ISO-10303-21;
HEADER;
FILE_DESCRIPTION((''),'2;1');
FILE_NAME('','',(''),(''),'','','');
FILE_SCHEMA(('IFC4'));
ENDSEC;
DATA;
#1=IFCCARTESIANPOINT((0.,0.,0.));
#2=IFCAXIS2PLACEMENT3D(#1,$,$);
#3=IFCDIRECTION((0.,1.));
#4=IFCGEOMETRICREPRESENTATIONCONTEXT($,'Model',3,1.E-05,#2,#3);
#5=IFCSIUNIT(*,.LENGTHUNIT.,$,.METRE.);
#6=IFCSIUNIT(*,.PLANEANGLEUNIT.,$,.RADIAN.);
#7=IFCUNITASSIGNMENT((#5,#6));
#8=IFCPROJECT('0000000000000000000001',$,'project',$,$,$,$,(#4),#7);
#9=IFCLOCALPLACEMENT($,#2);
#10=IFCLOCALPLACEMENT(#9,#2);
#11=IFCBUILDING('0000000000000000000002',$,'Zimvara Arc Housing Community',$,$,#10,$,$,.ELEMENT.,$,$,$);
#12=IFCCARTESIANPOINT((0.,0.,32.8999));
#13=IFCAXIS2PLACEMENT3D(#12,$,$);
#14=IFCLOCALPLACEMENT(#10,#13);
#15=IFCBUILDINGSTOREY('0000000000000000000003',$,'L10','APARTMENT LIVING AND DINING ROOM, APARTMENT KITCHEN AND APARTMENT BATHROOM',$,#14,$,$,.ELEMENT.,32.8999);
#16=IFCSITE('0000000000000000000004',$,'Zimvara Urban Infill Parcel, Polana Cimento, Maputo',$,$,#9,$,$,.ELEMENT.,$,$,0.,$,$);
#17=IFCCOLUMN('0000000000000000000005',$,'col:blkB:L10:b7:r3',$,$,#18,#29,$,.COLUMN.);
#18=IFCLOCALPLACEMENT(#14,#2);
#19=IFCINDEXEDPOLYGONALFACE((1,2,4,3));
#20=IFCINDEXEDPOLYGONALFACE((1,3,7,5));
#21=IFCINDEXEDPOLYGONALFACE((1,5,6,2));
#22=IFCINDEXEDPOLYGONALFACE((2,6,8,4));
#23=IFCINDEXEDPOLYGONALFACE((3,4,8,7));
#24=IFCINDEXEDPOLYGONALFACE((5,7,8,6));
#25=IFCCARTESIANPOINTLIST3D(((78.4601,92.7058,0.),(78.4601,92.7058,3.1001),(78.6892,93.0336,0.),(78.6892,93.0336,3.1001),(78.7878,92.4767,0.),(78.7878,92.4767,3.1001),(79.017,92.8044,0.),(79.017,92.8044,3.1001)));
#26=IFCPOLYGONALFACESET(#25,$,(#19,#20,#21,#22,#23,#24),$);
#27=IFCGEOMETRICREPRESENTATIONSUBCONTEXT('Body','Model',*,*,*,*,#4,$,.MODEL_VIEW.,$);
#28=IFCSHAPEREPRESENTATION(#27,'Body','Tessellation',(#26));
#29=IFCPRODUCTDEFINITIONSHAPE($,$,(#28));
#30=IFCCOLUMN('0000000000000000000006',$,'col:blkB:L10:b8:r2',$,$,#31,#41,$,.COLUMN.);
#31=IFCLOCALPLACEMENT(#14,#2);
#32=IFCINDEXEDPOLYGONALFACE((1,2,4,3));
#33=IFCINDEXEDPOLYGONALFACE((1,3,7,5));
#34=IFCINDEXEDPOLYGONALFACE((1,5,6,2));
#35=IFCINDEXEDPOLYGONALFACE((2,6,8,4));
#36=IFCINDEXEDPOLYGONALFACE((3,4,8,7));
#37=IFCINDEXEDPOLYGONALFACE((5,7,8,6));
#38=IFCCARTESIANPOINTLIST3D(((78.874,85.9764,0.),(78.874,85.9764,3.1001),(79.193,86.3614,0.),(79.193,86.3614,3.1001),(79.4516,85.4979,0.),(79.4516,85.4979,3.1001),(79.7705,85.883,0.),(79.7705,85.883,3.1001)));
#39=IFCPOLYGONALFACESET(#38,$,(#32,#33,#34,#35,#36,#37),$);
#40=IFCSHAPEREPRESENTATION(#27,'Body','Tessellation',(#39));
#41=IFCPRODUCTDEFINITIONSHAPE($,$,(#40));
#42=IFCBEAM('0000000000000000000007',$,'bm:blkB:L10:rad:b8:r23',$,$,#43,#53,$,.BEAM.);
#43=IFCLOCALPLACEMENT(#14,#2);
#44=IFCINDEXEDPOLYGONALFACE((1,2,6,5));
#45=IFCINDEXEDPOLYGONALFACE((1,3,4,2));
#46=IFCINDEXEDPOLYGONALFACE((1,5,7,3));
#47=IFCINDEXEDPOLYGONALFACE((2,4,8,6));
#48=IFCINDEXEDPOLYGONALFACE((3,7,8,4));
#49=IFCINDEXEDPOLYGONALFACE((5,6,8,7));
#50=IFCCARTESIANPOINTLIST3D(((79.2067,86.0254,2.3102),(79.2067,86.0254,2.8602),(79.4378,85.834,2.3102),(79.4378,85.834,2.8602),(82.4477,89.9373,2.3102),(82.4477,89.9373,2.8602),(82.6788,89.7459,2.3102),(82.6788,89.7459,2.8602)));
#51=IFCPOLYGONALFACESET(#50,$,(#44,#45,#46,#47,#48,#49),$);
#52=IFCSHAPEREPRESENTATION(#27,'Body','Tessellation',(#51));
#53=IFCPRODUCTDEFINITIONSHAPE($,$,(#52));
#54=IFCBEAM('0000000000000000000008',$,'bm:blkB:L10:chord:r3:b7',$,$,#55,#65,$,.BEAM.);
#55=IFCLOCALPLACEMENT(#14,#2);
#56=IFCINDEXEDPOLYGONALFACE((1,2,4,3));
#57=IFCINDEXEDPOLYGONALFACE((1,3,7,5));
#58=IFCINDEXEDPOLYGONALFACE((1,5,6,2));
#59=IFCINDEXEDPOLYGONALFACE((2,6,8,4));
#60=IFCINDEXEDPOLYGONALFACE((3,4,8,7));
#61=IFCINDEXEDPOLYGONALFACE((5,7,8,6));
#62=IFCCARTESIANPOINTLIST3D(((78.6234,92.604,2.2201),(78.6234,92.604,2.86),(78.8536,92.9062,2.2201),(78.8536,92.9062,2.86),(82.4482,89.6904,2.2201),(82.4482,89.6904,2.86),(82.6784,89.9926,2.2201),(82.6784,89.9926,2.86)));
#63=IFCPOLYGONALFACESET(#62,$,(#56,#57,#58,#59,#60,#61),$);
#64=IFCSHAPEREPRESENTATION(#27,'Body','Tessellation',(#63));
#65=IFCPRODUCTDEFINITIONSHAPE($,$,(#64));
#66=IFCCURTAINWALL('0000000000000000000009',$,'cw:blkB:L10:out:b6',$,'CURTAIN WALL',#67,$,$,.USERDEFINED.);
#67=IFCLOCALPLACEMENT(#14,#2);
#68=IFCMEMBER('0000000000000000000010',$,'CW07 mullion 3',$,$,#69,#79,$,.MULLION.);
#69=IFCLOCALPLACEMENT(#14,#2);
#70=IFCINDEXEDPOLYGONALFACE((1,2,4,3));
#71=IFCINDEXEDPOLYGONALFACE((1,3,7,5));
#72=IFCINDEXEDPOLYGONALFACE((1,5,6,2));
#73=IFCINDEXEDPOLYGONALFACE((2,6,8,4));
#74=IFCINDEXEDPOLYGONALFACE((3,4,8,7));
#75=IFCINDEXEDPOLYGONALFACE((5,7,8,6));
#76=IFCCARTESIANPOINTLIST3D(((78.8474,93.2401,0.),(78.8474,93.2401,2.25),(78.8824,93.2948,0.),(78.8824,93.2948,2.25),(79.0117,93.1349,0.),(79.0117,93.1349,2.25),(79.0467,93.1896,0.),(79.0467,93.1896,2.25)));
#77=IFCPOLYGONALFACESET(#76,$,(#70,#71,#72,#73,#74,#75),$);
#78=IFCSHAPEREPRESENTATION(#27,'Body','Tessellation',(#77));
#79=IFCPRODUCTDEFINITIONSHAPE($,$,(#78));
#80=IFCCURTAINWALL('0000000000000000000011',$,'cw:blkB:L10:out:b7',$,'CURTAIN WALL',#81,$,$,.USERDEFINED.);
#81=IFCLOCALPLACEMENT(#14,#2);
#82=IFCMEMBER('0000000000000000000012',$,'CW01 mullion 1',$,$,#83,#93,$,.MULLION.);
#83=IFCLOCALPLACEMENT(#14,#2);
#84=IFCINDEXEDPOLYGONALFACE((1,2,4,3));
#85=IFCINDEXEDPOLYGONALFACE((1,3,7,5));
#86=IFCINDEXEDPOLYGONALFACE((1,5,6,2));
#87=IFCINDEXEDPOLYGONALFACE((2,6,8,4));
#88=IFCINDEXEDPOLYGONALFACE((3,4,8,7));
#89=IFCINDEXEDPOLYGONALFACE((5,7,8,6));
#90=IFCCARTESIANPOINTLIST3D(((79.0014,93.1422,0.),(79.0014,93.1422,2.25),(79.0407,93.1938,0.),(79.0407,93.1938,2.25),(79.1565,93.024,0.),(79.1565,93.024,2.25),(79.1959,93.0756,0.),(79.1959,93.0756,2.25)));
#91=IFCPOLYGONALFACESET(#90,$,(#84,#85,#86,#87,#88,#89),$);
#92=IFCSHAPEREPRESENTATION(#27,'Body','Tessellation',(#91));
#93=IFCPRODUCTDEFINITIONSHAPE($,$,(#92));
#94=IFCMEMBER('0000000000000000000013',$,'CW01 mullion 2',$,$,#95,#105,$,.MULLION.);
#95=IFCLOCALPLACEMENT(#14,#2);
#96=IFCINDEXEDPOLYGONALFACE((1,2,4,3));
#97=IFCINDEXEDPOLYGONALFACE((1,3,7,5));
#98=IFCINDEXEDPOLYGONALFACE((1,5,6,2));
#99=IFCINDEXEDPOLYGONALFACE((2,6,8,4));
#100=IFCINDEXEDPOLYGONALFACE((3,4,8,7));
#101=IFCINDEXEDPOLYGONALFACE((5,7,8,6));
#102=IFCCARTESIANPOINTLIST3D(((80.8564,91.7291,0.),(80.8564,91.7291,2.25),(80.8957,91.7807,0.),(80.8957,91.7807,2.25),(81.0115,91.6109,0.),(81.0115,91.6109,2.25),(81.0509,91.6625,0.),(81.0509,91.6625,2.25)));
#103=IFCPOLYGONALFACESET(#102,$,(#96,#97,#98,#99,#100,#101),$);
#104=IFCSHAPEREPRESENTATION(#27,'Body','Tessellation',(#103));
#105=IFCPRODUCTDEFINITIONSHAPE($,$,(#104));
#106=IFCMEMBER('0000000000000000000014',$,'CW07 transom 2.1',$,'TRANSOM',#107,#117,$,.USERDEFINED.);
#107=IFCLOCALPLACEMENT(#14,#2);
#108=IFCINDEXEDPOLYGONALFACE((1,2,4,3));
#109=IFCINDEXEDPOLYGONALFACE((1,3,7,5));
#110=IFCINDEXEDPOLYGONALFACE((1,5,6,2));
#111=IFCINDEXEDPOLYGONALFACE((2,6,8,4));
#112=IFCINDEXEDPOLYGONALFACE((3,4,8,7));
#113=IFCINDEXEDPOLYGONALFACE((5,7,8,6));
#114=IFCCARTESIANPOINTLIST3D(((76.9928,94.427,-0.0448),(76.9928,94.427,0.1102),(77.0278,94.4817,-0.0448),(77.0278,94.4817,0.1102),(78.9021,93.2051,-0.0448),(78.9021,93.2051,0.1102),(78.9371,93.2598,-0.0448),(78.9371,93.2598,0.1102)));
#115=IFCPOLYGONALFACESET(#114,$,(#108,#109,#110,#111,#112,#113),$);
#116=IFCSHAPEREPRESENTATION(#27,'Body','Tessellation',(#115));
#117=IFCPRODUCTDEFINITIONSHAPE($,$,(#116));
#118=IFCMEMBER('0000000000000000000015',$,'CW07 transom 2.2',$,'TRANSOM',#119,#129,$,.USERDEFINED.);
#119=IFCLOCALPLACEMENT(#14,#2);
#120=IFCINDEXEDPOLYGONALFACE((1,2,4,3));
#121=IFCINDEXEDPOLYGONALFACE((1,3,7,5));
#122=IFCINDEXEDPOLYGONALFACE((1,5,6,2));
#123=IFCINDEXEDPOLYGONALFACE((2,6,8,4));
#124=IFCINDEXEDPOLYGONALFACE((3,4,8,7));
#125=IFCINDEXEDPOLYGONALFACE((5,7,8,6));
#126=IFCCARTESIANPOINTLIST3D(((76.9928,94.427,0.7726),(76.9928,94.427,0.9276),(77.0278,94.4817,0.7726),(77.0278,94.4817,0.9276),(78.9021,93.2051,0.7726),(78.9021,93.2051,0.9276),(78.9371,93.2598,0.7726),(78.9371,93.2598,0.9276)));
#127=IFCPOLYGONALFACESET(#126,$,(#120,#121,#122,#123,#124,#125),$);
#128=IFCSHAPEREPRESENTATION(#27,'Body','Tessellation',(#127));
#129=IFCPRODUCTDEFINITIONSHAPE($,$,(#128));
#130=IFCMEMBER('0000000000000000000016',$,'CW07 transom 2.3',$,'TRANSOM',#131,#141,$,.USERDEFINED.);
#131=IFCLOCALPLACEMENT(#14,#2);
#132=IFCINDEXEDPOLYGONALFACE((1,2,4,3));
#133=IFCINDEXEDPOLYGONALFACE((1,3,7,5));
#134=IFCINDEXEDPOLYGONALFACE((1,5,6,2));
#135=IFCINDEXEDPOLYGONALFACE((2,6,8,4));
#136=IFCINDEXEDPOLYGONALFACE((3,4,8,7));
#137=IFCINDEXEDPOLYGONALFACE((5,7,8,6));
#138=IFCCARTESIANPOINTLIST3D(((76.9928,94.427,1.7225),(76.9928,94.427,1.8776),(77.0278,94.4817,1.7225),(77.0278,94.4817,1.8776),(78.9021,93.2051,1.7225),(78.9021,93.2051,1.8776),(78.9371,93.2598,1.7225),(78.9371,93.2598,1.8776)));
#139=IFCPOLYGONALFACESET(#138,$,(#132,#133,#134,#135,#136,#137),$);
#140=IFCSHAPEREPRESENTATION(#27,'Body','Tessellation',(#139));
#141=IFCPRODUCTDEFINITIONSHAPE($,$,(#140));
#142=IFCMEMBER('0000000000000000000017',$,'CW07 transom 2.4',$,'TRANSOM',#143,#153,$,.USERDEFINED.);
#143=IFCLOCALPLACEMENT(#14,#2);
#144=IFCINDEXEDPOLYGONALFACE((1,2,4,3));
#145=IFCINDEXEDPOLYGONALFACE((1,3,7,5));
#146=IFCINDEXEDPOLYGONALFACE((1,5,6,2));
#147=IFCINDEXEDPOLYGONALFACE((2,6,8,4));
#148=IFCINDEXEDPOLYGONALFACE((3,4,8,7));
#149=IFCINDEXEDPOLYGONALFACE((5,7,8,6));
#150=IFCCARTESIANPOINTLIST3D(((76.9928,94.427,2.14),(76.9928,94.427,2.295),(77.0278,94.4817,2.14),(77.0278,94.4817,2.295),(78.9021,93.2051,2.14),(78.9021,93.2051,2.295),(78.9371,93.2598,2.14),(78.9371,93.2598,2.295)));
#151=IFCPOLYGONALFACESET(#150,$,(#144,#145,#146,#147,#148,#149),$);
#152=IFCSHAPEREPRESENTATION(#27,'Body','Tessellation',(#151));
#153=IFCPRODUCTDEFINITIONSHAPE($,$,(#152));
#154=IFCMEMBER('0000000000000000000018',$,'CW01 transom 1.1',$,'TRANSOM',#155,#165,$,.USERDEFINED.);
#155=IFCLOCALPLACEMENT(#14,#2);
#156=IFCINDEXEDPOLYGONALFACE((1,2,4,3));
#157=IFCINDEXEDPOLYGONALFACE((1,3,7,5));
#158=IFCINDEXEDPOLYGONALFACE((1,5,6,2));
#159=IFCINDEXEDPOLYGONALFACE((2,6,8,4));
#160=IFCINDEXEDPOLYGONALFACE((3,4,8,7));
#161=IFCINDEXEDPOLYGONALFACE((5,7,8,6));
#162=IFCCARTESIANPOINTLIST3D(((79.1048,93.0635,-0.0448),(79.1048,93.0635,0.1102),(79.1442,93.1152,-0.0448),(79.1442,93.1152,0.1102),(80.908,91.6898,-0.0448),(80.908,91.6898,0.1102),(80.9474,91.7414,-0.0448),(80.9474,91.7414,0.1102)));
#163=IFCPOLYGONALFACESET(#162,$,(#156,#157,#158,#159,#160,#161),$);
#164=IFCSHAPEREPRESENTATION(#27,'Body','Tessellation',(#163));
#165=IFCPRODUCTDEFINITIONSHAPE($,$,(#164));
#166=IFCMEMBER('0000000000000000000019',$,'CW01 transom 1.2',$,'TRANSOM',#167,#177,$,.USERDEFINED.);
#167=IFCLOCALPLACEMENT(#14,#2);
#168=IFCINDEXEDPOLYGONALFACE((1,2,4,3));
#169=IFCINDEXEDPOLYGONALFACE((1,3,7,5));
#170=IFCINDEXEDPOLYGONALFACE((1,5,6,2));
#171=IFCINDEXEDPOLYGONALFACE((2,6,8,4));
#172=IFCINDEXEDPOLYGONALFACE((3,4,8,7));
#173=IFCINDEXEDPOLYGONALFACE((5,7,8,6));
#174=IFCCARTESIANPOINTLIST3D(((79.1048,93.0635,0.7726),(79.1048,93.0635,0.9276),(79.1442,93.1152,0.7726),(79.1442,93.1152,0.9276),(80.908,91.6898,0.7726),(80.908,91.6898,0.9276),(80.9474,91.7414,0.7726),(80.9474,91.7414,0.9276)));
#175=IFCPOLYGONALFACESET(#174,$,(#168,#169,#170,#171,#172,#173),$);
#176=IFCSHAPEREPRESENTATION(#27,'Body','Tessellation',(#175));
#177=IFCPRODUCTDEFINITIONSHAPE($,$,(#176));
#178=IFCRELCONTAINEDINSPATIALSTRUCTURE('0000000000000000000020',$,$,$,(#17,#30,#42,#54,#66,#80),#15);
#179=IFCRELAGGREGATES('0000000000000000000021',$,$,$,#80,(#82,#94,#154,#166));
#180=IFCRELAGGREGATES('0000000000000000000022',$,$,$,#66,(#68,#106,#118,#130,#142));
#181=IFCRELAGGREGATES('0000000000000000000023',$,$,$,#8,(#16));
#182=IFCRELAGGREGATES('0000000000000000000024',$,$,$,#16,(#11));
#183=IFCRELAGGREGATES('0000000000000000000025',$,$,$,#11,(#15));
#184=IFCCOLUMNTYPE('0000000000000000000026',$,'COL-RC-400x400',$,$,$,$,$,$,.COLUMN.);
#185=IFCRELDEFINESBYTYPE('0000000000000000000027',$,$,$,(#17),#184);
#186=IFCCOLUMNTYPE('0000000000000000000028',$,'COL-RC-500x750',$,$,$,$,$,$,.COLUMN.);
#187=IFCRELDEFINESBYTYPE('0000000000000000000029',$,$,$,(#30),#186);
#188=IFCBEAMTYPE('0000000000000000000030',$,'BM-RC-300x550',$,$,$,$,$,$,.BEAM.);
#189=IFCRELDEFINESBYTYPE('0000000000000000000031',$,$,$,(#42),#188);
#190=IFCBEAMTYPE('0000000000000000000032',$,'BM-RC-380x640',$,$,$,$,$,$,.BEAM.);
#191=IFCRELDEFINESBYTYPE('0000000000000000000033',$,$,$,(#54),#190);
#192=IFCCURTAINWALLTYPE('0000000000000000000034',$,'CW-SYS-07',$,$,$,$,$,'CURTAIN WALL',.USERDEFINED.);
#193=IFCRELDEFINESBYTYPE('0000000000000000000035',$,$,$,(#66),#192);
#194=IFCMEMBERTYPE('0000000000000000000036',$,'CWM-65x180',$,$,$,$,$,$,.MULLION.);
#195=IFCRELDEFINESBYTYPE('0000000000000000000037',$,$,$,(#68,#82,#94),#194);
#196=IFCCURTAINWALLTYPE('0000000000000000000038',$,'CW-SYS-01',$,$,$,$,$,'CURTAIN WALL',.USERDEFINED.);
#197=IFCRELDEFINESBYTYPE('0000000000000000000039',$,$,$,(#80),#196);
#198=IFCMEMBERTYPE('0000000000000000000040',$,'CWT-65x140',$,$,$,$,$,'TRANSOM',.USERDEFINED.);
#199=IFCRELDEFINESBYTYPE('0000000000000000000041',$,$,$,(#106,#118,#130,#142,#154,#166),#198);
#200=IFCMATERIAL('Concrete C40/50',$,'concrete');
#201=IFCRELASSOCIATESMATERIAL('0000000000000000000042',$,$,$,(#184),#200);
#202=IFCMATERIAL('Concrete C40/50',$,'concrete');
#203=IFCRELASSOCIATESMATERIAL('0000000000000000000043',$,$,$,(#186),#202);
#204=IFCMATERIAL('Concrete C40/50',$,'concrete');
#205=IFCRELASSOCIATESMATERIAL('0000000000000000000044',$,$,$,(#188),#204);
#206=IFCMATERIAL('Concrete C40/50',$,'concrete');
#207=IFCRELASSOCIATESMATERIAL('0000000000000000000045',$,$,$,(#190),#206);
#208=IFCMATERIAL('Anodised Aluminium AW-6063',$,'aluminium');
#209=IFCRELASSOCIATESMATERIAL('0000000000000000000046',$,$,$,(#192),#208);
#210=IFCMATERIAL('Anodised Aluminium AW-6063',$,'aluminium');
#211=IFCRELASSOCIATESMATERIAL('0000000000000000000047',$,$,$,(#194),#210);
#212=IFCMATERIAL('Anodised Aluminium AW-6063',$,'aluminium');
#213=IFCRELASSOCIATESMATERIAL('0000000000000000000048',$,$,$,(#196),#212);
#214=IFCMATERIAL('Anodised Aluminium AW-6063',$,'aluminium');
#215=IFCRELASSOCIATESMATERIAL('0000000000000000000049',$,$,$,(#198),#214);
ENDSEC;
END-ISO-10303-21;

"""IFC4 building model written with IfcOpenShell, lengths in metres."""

from ifc_helpers import new_model, si_unit, direction, frame, origin, origin_2d, place, context, subcontext, project, spatial, rectangle, extrude, material, material_profile, profile_set, type_object, element, aggregate, save


model = new_model("IFC4")

# Units and contexts
model_context = context("Model", 3, precision=1e-05, world=origin(), true_north=direction((0.0, 1.0)))
body_context = subcontext(model_context, "Body", "Model", "MODEL_VIEW")
ifc_project = project(units=[si_unit("LENGTHUNIT", "METRE"), si_unit("PLANEANGLEUNIT", "RADIAN")], contexts=[model_context])

# Site, building, storey
site_placement = place(None, origin())
site = spatial("IfcSite", under=ifc_project, at=site_placement, Name="Zimvara Urban Infill Parcel, Polana Cimento, Maputo", CompositionType="ELEMENT", RefElevation=0.0)
building_placement = place(site_placement, origin())
building = spatial("IfcBuilding", under=site, at=building_placement, Name="Zimvara Arc Housing Community", CompositionType="ELEMENT")
storey_placement = place(building_placement, frame((0.0, 0.0, 32.8999)))
storey = spatial("IfcBuildingStorey", under=building, at=storey_placement, Name="L10", Description="APARTMENT LIVING AND DINING ROOM, APARTMENT KITCHEN AND APARTMENT BATHROOM", CompositionType="ELEMENT", Elevation=32.8999)

# Columns
ifc_material_1 = material(Name="Concrete C40/50", Category="concrete")
ifc_material_profile_1 = material_profile(ifc_material_1, rectangle(XDim=0.3999, YDim=0.3999, at=origin_2d()), Name="RC 400x400")
ifc_profile_set_1 = profile_set([ifc_material_profile_1], Name="Concrete C40/50")
column_type_1 = type_object("IfcColumnType", Name="COL-RC-400x400", PredefinedType="COLUMN", material=ifc_profile_set_1)
column_1_placement = place(storey_placement, frame((78.7385, 92.7551, 0.0), z_axis=(0.0, 0.0, 1.0), x_axis=(0.573004, 0.819552, 0.0)))
element("IfcColumn", 1, at=column_1_placement, inside=storey, type_object=column_type_1, Name="col:blkB:L10:b7:r3", PredefinedType="COLUMN", context=body_context, shape_type="SweptSolid", body=[
    extrude(rectangle(XDim=0.3999, YDim=0.3999, at=origin_2d()), origin(), (0.0, 0.0, 1.0), 3.1001),
])
ifc_material_2 = material(Name="Concrete C40/50", Category="concrete")
ifc_material_profile_2 = material_profile(ifc_material_2, rectangle(XDim=0.5, YDim=0.75, at=origin_2d()), Name="RC 500x750")
ifc_profile_set_2 = profile_set([ifc_material_profile_2], Name="Concrete C40/50")
column_type_2 = type_object("IfcColumnType", Name="COL-RC-500x750", PredefinedType="COLUMN", material=ifc_profile_set_2)
column_2_placement = place(storey_placement, frame((79.3223, 85.9297, 0.0), z_axis=(0.0, 0.0, 1.0), x_axis=(0.637962, 0.770068, 0.0)))
element("IfcColumn", 2, at=column_2_placement, inside=storey, type_object=column_type_2, Name="col:blkB:L10:b8:r2", PredefinedType="COLUMN", context=body_context, shape_type="SweptSolid", body=[
    extrude(rectangle(XDim=0.5, YDim=0.75, at=origin_2d()), origin(), (0.0, 0.0, 1.0), 3.1001),
])

# Beams
ifc_material_3 = material(Name="Concrete C40/50", Category="concrete")
ifc_material_profile_3 = material_profile(ifc_material_3, rectangle(XDim=0.3, YDim=0.55, at=origin_2d()), Name="RC 300x550")
ifc_profile_set_3 = profile_set([ifc_material_profile_3], Name="Concrete C40/50")
beam_type_1 = type_object("IfcBeamType", Name="BM-RC-300x550", PredefinedType="BEAM", material=ifc_profile_set_3)
beam_1_placement = place(storey_placement, frame((79.3223, 85.9297, 2.5852), z_axis=(0.637984, 0.77005, 0.0), x_axis=(-0.77005, 0.637984, 0.0)))
element("IfcBeam", 3, at=beam_1_placement, inside=storey, type_object=beam_type_1, Name="bm:blkB:L10:rad:b8:r23", PredefinedType="BEAM", context=body_context, shape_type="SweptSolid", body=[
    extrude(rectangle(XDim=0.3, YDim=0.55, at=origin_2d()), origin(), (0.0, 0.0, 1.0), 5.0801),
])
ifc_material_4 = material(Name="Concrete C40/50", Category="concrete")
ifc_material_profile_4 = material_profile(ifc_material_4, rectangle(XDim=0.3799, YDim=0.6399, at=origin_2d()), Name="RC 380x640")
ifc_profile_set_4 = profile_set([ifc_material_profile_4], Name="Concrete C40/50")
beam_type_2 = type_object("IfcBeamType", Name="BM-RC-380x640", PredefinedType="BEAM", material=ifc_profile_set_4)
beam_2_placement = place(storey_placement, frame((78.7385, 92.7551, 2.54), z_axis=(0.795481, -0.605979, 0.0), x_axis=(0.605979, 0.795481, 0.0)))
element("IfcBeam", 4, at=beam_2_placement, inside=storey, type_object=beam_type_2, Name="bm:blkB:L10:chord:r3:b7", PredefinedType="BEAM", context=body_context, shape_type="SweptSolid", body=[
    extrude(rectangle(XDim=0.3799, YDim=0.6399, at=origin_2d()), origin(), (0.0, 0.0, 1.0), 4.8081),
])

# Curtain wall, member
ifc_material_5 = material(Name="Anodised Aluminium AW-6063", Category="aluminium")
curtain_wall_type_1 = type_object("IfcCurtainWallType", Name="CW-SYS-07", ElementType="CURTAIN WALL", PredefinedType="USERDEFINED", material=ifc_material_5)
curtain_wall_1_placement = place(storey_placement, origin())
curtain_wall_1 = element("IfcCurtainWall", 5, at=curtain_wall_1_placement, inside=storey, type_object=curtain_wall_type_1, Name="cw:blkB:L10:out:b6", ObjectType="CURTAIN WALL", PredefinedType="USERDEFINED")
ifc_material_6 = material(Name="Anodised Aluminium AW-6063", Category="aluminium")
ifc_material_profile_5 = material_profile(ifc_material_6, rectangle(XDim=0.0649, YDim=0.1951, at=origin_2d()), Name="ALU 65x195")
ifc_profile_set_5 = profile_set([ifc_material_profile_5], Name="Anodised Aluminium AW-6063")
member_type_1 = type_object("IfcMemberType", Name="CWM-65x180", PredefinedType="MULLION", material=ifc_profile_set_5)
member_1_placement = place(storey_placement, frame((78.947, 93.2148, 0.0), z_axis=(0.0, 0.0, 1.0), x_axis=(0.539065, 0.842264, 0.0)))
member_1 = element("IfcMember", 6, at=member_1_placement, type_object=member_type_1, Name="CW07 mullion 3", PredefinedType="MULLION", context=body_context, shape_type="SweptSolid", body=[
    extrude(rectangle(XDim=0.0649, YDim=0.1951, at=origin_2d()), origin(), (0.0, 0.0, 1.0), 2.25),
])

# Curtain wall, members
ifc_material_7 = material(Name="Anodised Aluminium AW-6063", Category="aluminium")
curtain_wall_type_2 = type_object("IfcCurtainWallType", Name="CW-SYS-01", ElementType="CURTAIN WALL", PredefinedType="USERDEFINED", material=ifc_material_7)
curtain_wall_2_placement = place(storey_placement, origin())
curtain_wall_2 = element("IfcCurtainWall", 7, at=curtain_wall_2_placement, inside=storey, type_object=curtain_wall_type_2, Name="cw:blkB:L10:out:b7", ObjectType="CURTAIN WALL", PredefinedType="USERDEFINED")
member_2_placement = place(storey_placement, frame((79.0986, 93.1089, 0.0), z_axis=(0.0, 0.0, 1.0), x_axis=(0.605988, 0.795474, 0.0)))
member_2 = element("IfcMember", 8, at=member_2_placement, type_object=member_type_1, Name="CW01 mullion 1", PredefinedType="MULLION", context=body_context, shape_type="SweptSolid", body=[
    extrude(rectangle(XDim=0.0649, YDim=0.1951, at=origin_2d()), origin(), (0.0, 0.0, 1.0), 2.25),
])
member_3_placement = place(storey_placement, frame((80.9536, 91.6958, 0.0), z_axis=(0.0, 0.0, 1.0), x_axis=(0.605988, 0.795474, 0.0)))
member_3 = element("IfcMember", 9, at=member_3_placement, type_object=member_type_1, Name="CW01 mullion 2", PredefinedType="MULLION", context=body_context, shape_type="SweptSolid", body=[
    extrude(rectangle(XDim=0.0649, YDim=0.1951, at=origin_2d()), origin(), (0.0, 0.0, 1.0), 2.25),
])

# Members
ifc_material_8 = material(Name="Anodised Aluminium AW-6063", Category="aluminium")
ifc_material_profile_6 = material_profile(ifc_material_8, rectangle(XDim=0.0649, YDim=0.155, at=origin_2d()), Name="ALU 65x155")
ifc_profile_set_6 = profile_set([ifc_material_profile_6], Name="Anodised Aluminium AW-6063")
member_type_2 = type_object("IfcMemberType", Name="CWT-65x140", ElementType="TRANSOM", PredefinedType="USERDEFINED", material=ifc_profile_set_6)
member_4_placement = place(storey_placement, frame((77.0103, 94.4543, 0.0327), z_axis=(0.842293, -0.53902, 0.0), x_axis=(0.53902, 0.842293, 0.0)))
member_4 = element("IfcMember", 10, at=member_4_placement, type_object=member_type_2, Name="CW07 transom 2.1", ObjectType="TRANSOM", PredefinedType="USERDEFINED", context=body_context, shape_type="SweptSolid", body=[
    extrude(rectangle(XDim=0.0649, YDim=0.155, at=origin_2d()), origin(), (0.0, 0.0, 1.0), 2.2668),
])
member_5_placement = place(storey_placement, frame((77.0103, 94.4543, 0.8501), z_axis=(0.842293, -0.53902, 0.0), x_axis=(0.53902, 0.842293, 0.0)))
member_5 = element("IfcMember", 11, at=member_5_placement, type_object=member_type_2, Name="CW07 transom 2.2", ObjectType="TRANSOM", PredefinedType="USERDEFINED", context=body_context, shape_type="SweptSolid", body=[
    extrude(rectangle(XDim=0.0649, YDim=0.155, at=origin_2d()), origin(), (0.0, 0.0, 1.0), 2.2668),
])
member_6_placement = place(storey_placement, frame((77.0103, 94.4543, 1.8), z_axis=(0.842293, -0.53902, 0.0), x_axis=(0.53902, 0.842293, 0.0)))
member_6 = element("IfcMember", 12, at=member_6_placement, type_object=member_type_2, Name="CW07 transom 2.3", ObjectType="TRANSOM", PredefinedType="USERDEFINED", context=body_context, shape_type="SweptSolid", body=[
    extrude(rectangle(XDim=0.0649, YDim=0.155, at=origin_2d()), origin(), (0.0, 0.0, 1.0), 2.2668),
])
member_7_placement = place(storey_placement, frame((77.0103, 94.4543, 2.2175), z_axis=(0.842293, -0.53902, 0.0), x_axis=(0.53902, 0.842293, 0.0)))
member_7 = element("IfcMember", 13, at=member_7_placement, type_object=member_type_2, Name="CW07 transom 2.4", ObjectType="TRANSOM", PredefinedType="USERDEFINED", context=body_context, shape_type="SweptSolid", body=[
    extrude(rectangle(XDim=0.0649, YDim=0.155, at=origin_2d()), origin(), (0.0, 0.0, 1.0), 2.2668),
])
member_8_placement = place(storey_placement, frame((79.1245, 93.0894, 0.0327), z_axis=(0.795454, -0.606014, 0.0), x_axis=(0.606014, 0.795454, 0.0)))
member_8 = element("IfcMember", 14, at=member_8_placement, type_object=member_type_2, Name="CW01 transom 1.1", ObjectType="TRANSOM", PredefinedType="USERDEFINED", context=body_context, shape_type="SweptSolid", body=[
    extrude(rectangle(XDim=0.0649, YDim=0.155, at=origin_2d()), origin(), (0.0, 0.0, 1.0), 2.2668),
])
member_9_placement = place(storey_placement, frame((79.1245, 93.0894, 0.8501), z_axis=(0.795454, -0.606014, 0.0), x_axis=(0.606014, 0.795454, 0.0)))
member_9 = element("IfcMember", 15, at=member_9_placement, type_object=member_type_2, Name="CW01 transom 1.2", ObjectType="TRANSOM", PredefinedType="USERDEFINED", context=body_context, shape_type="SweptSolid", body=[
    extrude(rectangle(XDim=0.0649, YDim=0.155, at=origin_2d()), origin(), (0.0, 0.0, 1.0), 2.2668),
])

aggregate(curtain_wall_2, [member_2, member_3, member_8, member_9])
aggregate(curtain_wall_1, [member_1, member_4, member_5, member_6, member_7])

save(model, "model.ifc")
